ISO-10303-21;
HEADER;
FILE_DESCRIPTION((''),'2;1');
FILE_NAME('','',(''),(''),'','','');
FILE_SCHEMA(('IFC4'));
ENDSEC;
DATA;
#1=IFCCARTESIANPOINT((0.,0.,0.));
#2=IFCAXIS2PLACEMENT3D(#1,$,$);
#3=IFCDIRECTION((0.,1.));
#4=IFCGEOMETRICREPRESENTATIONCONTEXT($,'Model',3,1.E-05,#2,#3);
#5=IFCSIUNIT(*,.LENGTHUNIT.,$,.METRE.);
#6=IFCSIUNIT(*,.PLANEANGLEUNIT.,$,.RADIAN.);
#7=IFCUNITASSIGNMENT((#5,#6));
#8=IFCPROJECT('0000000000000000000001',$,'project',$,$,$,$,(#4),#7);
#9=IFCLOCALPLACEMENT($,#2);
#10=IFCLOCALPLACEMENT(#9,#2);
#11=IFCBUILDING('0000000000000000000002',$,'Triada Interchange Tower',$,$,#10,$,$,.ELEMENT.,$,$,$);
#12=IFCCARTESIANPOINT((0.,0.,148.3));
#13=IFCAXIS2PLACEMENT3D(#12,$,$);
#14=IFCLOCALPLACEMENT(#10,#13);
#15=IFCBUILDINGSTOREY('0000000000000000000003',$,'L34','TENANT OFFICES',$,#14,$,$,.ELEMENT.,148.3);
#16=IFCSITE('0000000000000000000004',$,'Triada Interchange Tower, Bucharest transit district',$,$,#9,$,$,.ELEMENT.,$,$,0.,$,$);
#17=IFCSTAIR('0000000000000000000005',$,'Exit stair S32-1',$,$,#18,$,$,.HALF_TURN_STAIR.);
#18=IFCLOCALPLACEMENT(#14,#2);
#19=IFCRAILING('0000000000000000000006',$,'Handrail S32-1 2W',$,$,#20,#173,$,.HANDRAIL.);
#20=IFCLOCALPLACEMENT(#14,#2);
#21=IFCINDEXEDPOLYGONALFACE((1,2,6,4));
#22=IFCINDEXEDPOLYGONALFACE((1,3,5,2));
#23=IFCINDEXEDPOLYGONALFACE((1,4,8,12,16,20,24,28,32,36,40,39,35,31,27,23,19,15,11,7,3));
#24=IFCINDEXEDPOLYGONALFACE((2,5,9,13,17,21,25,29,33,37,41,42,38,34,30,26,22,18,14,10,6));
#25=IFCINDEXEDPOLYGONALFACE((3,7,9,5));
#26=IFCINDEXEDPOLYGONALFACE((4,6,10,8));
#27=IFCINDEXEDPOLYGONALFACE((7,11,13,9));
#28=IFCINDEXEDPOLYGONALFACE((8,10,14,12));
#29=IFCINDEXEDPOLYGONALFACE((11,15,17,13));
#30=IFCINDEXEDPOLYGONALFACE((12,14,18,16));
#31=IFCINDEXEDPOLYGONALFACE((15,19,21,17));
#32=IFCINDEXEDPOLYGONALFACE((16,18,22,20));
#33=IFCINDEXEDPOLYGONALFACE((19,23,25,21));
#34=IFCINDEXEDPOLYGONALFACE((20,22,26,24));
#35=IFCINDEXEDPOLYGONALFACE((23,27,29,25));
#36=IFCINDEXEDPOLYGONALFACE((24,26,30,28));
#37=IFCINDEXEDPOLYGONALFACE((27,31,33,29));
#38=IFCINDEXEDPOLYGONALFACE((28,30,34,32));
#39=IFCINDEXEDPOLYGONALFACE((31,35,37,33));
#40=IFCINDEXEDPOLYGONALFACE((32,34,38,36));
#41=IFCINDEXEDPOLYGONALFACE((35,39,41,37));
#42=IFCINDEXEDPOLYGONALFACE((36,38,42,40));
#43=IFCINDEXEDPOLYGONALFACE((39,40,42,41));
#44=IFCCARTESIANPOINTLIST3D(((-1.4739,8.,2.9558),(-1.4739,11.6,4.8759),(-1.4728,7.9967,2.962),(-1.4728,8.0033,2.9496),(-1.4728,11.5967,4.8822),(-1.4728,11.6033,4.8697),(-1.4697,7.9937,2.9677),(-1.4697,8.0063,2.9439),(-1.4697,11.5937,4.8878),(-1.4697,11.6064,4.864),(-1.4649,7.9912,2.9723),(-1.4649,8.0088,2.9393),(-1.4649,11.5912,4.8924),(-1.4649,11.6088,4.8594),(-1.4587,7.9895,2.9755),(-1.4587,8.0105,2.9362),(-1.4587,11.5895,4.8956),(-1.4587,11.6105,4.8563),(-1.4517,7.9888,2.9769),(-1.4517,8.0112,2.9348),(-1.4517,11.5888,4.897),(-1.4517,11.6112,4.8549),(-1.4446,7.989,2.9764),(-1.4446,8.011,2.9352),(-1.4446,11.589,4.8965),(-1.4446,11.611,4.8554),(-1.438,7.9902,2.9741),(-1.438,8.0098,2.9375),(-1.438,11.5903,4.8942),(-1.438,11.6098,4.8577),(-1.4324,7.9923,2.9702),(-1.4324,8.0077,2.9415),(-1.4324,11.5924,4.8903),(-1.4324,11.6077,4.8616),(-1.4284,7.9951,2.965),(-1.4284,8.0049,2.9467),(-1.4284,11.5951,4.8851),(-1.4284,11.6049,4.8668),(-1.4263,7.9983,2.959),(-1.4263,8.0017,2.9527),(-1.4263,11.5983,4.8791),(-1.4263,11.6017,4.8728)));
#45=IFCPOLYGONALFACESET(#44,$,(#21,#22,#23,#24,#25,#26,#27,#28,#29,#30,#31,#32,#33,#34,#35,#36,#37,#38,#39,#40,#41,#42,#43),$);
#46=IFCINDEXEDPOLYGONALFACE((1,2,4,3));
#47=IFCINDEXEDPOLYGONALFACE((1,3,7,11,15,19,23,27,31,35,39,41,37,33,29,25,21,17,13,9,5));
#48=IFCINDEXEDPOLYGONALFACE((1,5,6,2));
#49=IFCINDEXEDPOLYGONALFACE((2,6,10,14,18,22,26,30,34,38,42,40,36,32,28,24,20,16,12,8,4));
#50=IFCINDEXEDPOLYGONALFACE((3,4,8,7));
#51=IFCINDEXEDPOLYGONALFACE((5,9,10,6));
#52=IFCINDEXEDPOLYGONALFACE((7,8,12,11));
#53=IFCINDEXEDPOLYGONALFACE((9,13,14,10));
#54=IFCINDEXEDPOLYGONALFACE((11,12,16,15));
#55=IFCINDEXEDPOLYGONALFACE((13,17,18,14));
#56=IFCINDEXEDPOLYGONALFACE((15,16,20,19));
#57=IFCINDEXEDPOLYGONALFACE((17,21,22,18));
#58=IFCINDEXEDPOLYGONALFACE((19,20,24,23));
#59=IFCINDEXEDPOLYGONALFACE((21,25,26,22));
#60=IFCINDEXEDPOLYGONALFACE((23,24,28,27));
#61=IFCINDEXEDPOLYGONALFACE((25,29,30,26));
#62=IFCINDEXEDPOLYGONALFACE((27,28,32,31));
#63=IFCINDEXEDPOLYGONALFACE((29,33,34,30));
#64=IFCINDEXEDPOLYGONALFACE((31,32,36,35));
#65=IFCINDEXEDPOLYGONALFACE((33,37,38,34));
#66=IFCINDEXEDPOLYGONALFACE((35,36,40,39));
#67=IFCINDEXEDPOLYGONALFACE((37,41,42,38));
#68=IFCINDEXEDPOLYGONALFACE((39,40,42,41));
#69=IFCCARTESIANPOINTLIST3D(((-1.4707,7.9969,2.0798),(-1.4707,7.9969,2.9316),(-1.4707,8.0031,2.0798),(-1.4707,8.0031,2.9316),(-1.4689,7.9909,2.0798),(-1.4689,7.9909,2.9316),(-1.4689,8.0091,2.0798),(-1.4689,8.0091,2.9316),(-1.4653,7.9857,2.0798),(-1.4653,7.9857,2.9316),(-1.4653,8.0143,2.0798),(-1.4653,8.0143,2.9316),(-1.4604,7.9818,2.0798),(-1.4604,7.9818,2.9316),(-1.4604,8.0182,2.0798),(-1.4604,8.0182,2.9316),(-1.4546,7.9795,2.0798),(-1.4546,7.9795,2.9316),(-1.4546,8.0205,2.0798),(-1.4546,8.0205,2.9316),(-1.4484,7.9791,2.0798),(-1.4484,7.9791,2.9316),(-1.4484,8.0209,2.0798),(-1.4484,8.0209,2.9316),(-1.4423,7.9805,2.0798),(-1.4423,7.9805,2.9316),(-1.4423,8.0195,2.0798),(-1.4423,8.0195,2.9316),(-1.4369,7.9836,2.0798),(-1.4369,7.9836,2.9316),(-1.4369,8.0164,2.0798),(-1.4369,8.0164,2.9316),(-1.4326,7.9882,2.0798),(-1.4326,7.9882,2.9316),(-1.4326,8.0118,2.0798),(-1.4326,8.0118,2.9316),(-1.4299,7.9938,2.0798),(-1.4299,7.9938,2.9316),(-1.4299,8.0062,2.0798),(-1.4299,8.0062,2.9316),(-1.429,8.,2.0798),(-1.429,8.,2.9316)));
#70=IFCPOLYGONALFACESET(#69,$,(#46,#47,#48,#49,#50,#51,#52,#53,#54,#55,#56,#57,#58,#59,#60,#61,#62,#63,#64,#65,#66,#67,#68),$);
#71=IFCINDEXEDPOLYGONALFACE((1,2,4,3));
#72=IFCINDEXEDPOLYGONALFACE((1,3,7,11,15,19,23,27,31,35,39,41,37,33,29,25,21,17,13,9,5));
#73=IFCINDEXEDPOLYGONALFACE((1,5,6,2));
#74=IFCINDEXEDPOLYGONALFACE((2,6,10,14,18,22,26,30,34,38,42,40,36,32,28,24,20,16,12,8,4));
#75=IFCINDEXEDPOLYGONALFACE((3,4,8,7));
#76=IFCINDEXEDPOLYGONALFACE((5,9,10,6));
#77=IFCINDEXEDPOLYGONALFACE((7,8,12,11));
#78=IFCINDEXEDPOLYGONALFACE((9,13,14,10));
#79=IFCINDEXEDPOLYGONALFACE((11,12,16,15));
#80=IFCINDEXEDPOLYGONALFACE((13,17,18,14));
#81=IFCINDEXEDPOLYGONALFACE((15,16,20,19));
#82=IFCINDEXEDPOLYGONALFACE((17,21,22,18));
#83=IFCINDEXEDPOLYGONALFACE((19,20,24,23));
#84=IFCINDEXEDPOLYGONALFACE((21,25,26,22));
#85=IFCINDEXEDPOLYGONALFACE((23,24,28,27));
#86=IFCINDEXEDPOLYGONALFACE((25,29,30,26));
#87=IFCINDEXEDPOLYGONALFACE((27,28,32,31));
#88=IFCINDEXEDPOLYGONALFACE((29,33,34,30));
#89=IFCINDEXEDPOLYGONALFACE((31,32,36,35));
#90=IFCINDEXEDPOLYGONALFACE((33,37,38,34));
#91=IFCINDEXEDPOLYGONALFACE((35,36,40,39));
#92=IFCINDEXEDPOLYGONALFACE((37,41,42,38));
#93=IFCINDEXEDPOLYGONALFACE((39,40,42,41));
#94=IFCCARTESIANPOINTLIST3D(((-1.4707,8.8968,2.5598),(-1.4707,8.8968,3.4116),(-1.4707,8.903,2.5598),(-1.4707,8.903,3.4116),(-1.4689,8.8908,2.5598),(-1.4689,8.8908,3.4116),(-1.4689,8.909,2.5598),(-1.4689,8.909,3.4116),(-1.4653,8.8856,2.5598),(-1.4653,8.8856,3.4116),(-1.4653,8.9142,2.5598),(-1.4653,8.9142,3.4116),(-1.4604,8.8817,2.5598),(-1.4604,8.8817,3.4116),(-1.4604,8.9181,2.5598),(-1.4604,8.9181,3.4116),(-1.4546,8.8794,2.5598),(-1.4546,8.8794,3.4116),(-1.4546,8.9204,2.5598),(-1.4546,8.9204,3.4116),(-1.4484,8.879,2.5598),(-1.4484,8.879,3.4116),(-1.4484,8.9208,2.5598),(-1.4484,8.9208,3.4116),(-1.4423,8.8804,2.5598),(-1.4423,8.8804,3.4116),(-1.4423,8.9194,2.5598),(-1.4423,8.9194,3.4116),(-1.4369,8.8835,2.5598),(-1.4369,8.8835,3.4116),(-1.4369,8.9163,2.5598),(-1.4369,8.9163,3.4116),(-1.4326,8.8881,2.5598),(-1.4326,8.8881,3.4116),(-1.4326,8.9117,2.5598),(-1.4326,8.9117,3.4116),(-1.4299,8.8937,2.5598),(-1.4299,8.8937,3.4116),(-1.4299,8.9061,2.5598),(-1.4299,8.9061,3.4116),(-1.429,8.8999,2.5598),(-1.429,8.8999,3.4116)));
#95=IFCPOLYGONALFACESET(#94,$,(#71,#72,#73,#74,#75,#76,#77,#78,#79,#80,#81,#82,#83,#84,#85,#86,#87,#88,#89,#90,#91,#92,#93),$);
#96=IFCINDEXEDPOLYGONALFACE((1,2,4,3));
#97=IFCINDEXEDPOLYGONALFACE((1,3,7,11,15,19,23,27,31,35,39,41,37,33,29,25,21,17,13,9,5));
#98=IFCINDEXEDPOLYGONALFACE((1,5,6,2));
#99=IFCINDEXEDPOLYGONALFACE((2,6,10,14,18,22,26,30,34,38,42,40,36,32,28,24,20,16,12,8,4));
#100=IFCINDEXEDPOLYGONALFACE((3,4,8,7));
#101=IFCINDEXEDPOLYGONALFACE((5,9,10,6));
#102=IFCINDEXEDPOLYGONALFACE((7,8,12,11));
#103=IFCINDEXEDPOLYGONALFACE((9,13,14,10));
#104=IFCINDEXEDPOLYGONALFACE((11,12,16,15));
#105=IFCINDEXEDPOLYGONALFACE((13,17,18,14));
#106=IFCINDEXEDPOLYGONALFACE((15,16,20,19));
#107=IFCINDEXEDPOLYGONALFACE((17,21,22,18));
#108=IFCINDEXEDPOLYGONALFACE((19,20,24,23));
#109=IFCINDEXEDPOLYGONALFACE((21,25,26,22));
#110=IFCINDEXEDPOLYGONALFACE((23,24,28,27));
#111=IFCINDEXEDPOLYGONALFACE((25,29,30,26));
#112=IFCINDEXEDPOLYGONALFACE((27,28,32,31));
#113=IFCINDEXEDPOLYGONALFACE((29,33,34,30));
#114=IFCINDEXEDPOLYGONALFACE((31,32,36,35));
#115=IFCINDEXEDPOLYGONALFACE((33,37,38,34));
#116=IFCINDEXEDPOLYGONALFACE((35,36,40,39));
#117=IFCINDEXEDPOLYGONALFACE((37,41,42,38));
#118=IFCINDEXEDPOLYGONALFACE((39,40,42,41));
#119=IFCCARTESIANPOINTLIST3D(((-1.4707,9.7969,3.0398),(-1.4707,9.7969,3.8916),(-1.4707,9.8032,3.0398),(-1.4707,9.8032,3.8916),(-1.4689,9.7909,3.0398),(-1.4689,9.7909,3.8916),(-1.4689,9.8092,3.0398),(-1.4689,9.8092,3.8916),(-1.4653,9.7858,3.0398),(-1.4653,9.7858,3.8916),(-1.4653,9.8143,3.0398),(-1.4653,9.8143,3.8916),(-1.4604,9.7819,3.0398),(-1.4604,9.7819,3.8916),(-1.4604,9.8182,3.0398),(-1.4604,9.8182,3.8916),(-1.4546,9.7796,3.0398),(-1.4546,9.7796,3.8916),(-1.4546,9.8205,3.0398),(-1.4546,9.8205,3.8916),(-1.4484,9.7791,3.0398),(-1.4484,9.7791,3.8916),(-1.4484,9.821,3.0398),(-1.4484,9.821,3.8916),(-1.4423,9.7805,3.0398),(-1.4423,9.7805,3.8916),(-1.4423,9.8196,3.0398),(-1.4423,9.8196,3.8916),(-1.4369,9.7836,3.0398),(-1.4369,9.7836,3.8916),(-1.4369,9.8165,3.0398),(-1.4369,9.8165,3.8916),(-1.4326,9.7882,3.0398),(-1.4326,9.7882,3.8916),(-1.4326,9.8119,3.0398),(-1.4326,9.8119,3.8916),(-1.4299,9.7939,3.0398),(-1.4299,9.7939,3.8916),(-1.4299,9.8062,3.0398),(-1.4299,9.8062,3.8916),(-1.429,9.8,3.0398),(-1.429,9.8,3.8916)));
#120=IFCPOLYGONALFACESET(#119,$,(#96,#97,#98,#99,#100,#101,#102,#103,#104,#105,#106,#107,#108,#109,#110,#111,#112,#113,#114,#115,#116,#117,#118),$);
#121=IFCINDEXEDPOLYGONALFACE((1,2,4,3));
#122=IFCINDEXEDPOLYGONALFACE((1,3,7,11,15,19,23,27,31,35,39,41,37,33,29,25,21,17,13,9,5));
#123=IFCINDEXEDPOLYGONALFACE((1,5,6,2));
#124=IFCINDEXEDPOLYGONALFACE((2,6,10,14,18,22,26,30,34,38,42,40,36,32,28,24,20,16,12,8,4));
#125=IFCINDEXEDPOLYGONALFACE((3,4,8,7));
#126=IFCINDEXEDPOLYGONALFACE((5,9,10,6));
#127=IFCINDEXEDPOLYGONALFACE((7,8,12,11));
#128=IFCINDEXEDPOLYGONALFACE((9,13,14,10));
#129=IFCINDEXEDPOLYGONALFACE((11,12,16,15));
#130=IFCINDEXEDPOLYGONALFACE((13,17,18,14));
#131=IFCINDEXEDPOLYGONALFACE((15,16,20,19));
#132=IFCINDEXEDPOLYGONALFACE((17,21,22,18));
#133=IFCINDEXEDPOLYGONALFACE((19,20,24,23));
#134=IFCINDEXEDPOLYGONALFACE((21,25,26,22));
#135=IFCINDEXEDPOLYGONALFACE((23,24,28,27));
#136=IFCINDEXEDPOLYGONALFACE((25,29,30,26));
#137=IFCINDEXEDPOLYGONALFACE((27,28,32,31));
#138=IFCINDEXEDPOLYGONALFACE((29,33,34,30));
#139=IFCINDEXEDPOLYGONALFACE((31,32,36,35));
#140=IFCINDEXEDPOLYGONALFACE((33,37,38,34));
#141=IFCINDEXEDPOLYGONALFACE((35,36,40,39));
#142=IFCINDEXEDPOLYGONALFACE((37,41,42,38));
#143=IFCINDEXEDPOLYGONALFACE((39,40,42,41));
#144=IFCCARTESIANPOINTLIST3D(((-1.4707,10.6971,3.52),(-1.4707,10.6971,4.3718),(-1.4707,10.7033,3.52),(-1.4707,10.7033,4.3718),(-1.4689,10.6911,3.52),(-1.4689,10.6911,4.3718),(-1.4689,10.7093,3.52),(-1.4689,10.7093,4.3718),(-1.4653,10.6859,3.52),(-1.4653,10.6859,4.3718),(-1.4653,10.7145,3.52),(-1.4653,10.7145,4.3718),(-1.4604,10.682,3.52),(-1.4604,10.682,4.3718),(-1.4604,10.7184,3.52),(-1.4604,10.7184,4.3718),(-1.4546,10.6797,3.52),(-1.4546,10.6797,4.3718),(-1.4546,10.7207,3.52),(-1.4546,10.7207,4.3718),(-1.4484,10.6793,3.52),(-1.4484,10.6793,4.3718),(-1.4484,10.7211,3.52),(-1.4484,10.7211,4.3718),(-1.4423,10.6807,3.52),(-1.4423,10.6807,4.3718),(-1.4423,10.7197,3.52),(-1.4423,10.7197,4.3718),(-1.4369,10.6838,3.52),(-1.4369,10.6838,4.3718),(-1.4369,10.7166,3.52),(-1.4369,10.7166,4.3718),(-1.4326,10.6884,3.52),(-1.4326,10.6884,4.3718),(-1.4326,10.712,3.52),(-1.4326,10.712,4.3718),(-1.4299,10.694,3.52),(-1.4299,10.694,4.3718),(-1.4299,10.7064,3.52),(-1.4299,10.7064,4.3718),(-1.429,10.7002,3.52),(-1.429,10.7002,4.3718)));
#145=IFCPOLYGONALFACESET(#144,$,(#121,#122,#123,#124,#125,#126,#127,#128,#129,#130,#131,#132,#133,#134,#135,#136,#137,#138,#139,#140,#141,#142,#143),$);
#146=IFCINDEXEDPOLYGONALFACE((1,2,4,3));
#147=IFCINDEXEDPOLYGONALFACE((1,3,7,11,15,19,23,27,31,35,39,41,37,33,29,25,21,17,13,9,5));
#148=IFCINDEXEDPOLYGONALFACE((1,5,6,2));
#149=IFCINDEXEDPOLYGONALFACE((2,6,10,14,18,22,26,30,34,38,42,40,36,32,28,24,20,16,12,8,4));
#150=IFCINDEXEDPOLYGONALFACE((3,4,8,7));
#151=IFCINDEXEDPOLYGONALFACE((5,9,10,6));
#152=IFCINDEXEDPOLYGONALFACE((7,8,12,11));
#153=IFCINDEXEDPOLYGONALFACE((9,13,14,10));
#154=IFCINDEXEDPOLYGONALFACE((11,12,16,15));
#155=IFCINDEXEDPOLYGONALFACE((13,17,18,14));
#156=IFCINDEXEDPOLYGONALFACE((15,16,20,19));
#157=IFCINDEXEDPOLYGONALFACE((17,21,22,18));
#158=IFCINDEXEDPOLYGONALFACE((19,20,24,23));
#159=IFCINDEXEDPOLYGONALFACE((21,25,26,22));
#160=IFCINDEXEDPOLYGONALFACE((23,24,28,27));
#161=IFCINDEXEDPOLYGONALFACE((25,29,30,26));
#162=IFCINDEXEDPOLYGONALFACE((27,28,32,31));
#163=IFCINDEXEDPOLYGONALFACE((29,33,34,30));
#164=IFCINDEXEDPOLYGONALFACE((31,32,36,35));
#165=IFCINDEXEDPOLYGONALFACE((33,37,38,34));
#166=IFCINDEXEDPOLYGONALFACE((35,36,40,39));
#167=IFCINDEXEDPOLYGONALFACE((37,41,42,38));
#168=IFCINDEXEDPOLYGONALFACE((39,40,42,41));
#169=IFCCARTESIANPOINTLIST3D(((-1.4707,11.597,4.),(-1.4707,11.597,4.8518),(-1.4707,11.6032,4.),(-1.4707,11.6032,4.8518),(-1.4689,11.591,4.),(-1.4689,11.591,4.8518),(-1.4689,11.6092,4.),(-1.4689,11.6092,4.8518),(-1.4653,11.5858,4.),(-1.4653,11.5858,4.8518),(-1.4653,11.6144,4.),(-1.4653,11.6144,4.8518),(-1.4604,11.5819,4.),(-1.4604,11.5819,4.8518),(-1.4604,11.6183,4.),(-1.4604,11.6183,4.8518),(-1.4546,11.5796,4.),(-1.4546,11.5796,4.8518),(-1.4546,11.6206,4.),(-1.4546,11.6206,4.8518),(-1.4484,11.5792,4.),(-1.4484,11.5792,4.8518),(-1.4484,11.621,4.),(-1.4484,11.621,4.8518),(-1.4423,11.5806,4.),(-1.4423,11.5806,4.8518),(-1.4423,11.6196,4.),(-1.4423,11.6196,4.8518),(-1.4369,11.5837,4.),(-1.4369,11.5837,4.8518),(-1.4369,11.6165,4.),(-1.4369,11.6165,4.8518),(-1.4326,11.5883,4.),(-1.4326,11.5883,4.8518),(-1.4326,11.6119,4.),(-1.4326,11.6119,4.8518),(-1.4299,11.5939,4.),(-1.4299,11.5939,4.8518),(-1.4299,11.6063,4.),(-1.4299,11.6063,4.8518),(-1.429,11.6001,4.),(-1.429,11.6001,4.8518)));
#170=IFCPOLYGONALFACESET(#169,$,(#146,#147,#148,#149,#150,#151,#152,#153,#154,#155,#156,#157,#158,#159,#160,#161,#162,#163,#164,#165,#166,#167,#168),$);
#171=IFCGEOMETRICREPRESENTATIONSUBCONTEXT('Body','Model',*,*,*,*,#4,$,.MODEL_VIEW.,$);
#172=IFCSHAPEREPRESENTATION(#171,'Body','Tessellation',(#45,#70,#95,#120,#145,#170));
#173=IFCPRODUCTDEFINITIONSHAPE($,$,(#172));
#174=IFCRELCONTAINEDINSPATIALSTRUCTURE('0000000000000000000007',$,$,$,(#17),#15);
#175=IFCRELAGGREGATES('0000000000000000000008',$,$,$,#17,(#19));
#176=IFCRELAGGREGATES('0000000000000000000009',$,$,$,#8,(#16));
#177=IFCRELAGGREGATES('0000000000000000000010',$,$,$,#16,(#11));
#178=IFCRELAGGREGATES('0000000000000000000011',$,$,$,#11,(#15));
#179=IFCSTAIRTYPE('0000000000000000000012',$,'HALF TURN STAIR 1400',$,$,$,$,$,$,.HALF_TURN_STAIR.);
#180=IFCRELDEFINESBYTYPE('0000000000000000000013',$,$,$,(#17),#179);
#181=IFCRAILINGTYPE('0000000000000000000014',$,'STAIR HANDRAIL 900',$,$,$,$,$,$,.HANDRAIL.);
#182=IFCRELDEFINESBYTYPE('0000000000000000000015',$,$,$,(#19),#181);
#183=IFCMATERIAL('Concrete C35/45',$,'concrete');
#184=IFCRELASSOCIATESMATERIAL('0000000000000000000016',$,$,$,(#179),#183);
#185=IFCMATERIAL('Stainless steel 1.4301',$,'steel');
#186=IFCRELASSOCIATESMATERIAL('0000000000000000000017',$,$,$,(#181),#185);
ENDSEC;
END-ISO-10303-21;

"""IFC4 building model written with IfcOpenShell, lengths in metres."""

from ifc_helpers import new_model, si_unit, direction, frame, origin, origin_2d, place, context, subcontext, project, spatial, circle, extrude, material, type_object, element, aggregate, save


model = new_model("IFC4")

# Units and contexts
model_context = context("Model", 3, precision=1e-05, world=origin(), true_north=direction((0.0, 1.0)))
body_context = subcontext(model_context, "Body", "Model", "MODEL_VIEW")
ifc_project = project(units=[si_unit("LENGTHUNIT", "METRE"), si_unit("PLANEANGLEUNIT", "RADIAN")], contexts=[model_context])

# Site, building, storey
site_placement = place(None, origin())
site = spatial("IfcSite", under=ifc_project, at=site_placement, Name="Triada Interchange Tower, Bucharest transit district", CompositionType="ELEMENT", RefElevation=0.0)
building_placement = place(site_placement, origin())
building = spatial("IfcBuilding", under=site, at=building_placement, Name="Triada Interchange Tower", CompositionType="ELEMENT")
storey_placement = place(building_placement, frame((0.0, 0.0, 148.3)))
storey = spatial("IfcBuildingStorey", under=building, at=storey_placement, Name="L34", Description="TENANT OFFICES", CompositionType="ELEMENT", Elevation=148.3)

# Stair, railing
ifc_material_1 = material(Name="Concrete C35/45", Category="concrete")
stair_type = type_object("IfcStairType", Name="HALF TURN STAIR 1400", PredefinedType="HALF_TURN_STAIR", material=ifc_material_1)
stair_placement = place(storey_placement, origin())
stair = element("IfcStair", 1, at=stair_placement, inside=storey, type_object=stair_type, Name="Exit stair S32-1", PredefinedType="HALF_TURN_STAIR")
ifc_material_2 = material(Name="Stainless steel 1.4301", Category="steel")
railing_type = type_object("IfcRailingType", Name="STAIR HANDRAIL 900", PredefinedType="HANDRAIL", material=ifc_material_2)
railing_1_placement = place(storey_placement, frame((-1.45, 8.0, 2.0798)))
railing_1 = element("IfcRailing", 2, at=railing_1_placement, type_object=railing_type, Name="Handrail S32-1 2W", PredefinedType="HANDRAIL", context=body_context, shape_type="SweptSolid", body=[
    extrude(circle(Radius=0.0239, at=origin_2d()), frame((0.0, 0.0, 0.876), z_axis=(0.0, 0.882341, 0.47061), x_axis=(-1.0, 0.0, 0.0)), (0.0, 0.0, 1.0), 4.0801),
    extrude(circle(Radius=0.021, at=origin_2d()), origin(), (0.0, 0.0, 1.0), 0.8518),
    extrude(circle(Radius=0.021, at=origin_2d()), frame((0.0, 0.8999, 0.48)), (0.0, 0.0, 1.0), 0.8518),
    extrude(circle(Radius=0.021, at=origin_2d()), frame((0.0, 1.8, 0.96)), (0.0, 0.0, 1.0), 0.8518),
    extrude(circle(Radius=0.021, at=origin_2d()), frame((0.0, 2.7002, 1.4402)), (0.0, 0.0, 1.0), 0.8518),
    extrude(circle(Radius=0.021, at=origin_2d()), frame((0.0, 3.6001, 1.9202)), (0.0, 0.0, 1.0), 0.8518),
])
aggregate(stair, [railing_1])

save(model, "model.ifc")
